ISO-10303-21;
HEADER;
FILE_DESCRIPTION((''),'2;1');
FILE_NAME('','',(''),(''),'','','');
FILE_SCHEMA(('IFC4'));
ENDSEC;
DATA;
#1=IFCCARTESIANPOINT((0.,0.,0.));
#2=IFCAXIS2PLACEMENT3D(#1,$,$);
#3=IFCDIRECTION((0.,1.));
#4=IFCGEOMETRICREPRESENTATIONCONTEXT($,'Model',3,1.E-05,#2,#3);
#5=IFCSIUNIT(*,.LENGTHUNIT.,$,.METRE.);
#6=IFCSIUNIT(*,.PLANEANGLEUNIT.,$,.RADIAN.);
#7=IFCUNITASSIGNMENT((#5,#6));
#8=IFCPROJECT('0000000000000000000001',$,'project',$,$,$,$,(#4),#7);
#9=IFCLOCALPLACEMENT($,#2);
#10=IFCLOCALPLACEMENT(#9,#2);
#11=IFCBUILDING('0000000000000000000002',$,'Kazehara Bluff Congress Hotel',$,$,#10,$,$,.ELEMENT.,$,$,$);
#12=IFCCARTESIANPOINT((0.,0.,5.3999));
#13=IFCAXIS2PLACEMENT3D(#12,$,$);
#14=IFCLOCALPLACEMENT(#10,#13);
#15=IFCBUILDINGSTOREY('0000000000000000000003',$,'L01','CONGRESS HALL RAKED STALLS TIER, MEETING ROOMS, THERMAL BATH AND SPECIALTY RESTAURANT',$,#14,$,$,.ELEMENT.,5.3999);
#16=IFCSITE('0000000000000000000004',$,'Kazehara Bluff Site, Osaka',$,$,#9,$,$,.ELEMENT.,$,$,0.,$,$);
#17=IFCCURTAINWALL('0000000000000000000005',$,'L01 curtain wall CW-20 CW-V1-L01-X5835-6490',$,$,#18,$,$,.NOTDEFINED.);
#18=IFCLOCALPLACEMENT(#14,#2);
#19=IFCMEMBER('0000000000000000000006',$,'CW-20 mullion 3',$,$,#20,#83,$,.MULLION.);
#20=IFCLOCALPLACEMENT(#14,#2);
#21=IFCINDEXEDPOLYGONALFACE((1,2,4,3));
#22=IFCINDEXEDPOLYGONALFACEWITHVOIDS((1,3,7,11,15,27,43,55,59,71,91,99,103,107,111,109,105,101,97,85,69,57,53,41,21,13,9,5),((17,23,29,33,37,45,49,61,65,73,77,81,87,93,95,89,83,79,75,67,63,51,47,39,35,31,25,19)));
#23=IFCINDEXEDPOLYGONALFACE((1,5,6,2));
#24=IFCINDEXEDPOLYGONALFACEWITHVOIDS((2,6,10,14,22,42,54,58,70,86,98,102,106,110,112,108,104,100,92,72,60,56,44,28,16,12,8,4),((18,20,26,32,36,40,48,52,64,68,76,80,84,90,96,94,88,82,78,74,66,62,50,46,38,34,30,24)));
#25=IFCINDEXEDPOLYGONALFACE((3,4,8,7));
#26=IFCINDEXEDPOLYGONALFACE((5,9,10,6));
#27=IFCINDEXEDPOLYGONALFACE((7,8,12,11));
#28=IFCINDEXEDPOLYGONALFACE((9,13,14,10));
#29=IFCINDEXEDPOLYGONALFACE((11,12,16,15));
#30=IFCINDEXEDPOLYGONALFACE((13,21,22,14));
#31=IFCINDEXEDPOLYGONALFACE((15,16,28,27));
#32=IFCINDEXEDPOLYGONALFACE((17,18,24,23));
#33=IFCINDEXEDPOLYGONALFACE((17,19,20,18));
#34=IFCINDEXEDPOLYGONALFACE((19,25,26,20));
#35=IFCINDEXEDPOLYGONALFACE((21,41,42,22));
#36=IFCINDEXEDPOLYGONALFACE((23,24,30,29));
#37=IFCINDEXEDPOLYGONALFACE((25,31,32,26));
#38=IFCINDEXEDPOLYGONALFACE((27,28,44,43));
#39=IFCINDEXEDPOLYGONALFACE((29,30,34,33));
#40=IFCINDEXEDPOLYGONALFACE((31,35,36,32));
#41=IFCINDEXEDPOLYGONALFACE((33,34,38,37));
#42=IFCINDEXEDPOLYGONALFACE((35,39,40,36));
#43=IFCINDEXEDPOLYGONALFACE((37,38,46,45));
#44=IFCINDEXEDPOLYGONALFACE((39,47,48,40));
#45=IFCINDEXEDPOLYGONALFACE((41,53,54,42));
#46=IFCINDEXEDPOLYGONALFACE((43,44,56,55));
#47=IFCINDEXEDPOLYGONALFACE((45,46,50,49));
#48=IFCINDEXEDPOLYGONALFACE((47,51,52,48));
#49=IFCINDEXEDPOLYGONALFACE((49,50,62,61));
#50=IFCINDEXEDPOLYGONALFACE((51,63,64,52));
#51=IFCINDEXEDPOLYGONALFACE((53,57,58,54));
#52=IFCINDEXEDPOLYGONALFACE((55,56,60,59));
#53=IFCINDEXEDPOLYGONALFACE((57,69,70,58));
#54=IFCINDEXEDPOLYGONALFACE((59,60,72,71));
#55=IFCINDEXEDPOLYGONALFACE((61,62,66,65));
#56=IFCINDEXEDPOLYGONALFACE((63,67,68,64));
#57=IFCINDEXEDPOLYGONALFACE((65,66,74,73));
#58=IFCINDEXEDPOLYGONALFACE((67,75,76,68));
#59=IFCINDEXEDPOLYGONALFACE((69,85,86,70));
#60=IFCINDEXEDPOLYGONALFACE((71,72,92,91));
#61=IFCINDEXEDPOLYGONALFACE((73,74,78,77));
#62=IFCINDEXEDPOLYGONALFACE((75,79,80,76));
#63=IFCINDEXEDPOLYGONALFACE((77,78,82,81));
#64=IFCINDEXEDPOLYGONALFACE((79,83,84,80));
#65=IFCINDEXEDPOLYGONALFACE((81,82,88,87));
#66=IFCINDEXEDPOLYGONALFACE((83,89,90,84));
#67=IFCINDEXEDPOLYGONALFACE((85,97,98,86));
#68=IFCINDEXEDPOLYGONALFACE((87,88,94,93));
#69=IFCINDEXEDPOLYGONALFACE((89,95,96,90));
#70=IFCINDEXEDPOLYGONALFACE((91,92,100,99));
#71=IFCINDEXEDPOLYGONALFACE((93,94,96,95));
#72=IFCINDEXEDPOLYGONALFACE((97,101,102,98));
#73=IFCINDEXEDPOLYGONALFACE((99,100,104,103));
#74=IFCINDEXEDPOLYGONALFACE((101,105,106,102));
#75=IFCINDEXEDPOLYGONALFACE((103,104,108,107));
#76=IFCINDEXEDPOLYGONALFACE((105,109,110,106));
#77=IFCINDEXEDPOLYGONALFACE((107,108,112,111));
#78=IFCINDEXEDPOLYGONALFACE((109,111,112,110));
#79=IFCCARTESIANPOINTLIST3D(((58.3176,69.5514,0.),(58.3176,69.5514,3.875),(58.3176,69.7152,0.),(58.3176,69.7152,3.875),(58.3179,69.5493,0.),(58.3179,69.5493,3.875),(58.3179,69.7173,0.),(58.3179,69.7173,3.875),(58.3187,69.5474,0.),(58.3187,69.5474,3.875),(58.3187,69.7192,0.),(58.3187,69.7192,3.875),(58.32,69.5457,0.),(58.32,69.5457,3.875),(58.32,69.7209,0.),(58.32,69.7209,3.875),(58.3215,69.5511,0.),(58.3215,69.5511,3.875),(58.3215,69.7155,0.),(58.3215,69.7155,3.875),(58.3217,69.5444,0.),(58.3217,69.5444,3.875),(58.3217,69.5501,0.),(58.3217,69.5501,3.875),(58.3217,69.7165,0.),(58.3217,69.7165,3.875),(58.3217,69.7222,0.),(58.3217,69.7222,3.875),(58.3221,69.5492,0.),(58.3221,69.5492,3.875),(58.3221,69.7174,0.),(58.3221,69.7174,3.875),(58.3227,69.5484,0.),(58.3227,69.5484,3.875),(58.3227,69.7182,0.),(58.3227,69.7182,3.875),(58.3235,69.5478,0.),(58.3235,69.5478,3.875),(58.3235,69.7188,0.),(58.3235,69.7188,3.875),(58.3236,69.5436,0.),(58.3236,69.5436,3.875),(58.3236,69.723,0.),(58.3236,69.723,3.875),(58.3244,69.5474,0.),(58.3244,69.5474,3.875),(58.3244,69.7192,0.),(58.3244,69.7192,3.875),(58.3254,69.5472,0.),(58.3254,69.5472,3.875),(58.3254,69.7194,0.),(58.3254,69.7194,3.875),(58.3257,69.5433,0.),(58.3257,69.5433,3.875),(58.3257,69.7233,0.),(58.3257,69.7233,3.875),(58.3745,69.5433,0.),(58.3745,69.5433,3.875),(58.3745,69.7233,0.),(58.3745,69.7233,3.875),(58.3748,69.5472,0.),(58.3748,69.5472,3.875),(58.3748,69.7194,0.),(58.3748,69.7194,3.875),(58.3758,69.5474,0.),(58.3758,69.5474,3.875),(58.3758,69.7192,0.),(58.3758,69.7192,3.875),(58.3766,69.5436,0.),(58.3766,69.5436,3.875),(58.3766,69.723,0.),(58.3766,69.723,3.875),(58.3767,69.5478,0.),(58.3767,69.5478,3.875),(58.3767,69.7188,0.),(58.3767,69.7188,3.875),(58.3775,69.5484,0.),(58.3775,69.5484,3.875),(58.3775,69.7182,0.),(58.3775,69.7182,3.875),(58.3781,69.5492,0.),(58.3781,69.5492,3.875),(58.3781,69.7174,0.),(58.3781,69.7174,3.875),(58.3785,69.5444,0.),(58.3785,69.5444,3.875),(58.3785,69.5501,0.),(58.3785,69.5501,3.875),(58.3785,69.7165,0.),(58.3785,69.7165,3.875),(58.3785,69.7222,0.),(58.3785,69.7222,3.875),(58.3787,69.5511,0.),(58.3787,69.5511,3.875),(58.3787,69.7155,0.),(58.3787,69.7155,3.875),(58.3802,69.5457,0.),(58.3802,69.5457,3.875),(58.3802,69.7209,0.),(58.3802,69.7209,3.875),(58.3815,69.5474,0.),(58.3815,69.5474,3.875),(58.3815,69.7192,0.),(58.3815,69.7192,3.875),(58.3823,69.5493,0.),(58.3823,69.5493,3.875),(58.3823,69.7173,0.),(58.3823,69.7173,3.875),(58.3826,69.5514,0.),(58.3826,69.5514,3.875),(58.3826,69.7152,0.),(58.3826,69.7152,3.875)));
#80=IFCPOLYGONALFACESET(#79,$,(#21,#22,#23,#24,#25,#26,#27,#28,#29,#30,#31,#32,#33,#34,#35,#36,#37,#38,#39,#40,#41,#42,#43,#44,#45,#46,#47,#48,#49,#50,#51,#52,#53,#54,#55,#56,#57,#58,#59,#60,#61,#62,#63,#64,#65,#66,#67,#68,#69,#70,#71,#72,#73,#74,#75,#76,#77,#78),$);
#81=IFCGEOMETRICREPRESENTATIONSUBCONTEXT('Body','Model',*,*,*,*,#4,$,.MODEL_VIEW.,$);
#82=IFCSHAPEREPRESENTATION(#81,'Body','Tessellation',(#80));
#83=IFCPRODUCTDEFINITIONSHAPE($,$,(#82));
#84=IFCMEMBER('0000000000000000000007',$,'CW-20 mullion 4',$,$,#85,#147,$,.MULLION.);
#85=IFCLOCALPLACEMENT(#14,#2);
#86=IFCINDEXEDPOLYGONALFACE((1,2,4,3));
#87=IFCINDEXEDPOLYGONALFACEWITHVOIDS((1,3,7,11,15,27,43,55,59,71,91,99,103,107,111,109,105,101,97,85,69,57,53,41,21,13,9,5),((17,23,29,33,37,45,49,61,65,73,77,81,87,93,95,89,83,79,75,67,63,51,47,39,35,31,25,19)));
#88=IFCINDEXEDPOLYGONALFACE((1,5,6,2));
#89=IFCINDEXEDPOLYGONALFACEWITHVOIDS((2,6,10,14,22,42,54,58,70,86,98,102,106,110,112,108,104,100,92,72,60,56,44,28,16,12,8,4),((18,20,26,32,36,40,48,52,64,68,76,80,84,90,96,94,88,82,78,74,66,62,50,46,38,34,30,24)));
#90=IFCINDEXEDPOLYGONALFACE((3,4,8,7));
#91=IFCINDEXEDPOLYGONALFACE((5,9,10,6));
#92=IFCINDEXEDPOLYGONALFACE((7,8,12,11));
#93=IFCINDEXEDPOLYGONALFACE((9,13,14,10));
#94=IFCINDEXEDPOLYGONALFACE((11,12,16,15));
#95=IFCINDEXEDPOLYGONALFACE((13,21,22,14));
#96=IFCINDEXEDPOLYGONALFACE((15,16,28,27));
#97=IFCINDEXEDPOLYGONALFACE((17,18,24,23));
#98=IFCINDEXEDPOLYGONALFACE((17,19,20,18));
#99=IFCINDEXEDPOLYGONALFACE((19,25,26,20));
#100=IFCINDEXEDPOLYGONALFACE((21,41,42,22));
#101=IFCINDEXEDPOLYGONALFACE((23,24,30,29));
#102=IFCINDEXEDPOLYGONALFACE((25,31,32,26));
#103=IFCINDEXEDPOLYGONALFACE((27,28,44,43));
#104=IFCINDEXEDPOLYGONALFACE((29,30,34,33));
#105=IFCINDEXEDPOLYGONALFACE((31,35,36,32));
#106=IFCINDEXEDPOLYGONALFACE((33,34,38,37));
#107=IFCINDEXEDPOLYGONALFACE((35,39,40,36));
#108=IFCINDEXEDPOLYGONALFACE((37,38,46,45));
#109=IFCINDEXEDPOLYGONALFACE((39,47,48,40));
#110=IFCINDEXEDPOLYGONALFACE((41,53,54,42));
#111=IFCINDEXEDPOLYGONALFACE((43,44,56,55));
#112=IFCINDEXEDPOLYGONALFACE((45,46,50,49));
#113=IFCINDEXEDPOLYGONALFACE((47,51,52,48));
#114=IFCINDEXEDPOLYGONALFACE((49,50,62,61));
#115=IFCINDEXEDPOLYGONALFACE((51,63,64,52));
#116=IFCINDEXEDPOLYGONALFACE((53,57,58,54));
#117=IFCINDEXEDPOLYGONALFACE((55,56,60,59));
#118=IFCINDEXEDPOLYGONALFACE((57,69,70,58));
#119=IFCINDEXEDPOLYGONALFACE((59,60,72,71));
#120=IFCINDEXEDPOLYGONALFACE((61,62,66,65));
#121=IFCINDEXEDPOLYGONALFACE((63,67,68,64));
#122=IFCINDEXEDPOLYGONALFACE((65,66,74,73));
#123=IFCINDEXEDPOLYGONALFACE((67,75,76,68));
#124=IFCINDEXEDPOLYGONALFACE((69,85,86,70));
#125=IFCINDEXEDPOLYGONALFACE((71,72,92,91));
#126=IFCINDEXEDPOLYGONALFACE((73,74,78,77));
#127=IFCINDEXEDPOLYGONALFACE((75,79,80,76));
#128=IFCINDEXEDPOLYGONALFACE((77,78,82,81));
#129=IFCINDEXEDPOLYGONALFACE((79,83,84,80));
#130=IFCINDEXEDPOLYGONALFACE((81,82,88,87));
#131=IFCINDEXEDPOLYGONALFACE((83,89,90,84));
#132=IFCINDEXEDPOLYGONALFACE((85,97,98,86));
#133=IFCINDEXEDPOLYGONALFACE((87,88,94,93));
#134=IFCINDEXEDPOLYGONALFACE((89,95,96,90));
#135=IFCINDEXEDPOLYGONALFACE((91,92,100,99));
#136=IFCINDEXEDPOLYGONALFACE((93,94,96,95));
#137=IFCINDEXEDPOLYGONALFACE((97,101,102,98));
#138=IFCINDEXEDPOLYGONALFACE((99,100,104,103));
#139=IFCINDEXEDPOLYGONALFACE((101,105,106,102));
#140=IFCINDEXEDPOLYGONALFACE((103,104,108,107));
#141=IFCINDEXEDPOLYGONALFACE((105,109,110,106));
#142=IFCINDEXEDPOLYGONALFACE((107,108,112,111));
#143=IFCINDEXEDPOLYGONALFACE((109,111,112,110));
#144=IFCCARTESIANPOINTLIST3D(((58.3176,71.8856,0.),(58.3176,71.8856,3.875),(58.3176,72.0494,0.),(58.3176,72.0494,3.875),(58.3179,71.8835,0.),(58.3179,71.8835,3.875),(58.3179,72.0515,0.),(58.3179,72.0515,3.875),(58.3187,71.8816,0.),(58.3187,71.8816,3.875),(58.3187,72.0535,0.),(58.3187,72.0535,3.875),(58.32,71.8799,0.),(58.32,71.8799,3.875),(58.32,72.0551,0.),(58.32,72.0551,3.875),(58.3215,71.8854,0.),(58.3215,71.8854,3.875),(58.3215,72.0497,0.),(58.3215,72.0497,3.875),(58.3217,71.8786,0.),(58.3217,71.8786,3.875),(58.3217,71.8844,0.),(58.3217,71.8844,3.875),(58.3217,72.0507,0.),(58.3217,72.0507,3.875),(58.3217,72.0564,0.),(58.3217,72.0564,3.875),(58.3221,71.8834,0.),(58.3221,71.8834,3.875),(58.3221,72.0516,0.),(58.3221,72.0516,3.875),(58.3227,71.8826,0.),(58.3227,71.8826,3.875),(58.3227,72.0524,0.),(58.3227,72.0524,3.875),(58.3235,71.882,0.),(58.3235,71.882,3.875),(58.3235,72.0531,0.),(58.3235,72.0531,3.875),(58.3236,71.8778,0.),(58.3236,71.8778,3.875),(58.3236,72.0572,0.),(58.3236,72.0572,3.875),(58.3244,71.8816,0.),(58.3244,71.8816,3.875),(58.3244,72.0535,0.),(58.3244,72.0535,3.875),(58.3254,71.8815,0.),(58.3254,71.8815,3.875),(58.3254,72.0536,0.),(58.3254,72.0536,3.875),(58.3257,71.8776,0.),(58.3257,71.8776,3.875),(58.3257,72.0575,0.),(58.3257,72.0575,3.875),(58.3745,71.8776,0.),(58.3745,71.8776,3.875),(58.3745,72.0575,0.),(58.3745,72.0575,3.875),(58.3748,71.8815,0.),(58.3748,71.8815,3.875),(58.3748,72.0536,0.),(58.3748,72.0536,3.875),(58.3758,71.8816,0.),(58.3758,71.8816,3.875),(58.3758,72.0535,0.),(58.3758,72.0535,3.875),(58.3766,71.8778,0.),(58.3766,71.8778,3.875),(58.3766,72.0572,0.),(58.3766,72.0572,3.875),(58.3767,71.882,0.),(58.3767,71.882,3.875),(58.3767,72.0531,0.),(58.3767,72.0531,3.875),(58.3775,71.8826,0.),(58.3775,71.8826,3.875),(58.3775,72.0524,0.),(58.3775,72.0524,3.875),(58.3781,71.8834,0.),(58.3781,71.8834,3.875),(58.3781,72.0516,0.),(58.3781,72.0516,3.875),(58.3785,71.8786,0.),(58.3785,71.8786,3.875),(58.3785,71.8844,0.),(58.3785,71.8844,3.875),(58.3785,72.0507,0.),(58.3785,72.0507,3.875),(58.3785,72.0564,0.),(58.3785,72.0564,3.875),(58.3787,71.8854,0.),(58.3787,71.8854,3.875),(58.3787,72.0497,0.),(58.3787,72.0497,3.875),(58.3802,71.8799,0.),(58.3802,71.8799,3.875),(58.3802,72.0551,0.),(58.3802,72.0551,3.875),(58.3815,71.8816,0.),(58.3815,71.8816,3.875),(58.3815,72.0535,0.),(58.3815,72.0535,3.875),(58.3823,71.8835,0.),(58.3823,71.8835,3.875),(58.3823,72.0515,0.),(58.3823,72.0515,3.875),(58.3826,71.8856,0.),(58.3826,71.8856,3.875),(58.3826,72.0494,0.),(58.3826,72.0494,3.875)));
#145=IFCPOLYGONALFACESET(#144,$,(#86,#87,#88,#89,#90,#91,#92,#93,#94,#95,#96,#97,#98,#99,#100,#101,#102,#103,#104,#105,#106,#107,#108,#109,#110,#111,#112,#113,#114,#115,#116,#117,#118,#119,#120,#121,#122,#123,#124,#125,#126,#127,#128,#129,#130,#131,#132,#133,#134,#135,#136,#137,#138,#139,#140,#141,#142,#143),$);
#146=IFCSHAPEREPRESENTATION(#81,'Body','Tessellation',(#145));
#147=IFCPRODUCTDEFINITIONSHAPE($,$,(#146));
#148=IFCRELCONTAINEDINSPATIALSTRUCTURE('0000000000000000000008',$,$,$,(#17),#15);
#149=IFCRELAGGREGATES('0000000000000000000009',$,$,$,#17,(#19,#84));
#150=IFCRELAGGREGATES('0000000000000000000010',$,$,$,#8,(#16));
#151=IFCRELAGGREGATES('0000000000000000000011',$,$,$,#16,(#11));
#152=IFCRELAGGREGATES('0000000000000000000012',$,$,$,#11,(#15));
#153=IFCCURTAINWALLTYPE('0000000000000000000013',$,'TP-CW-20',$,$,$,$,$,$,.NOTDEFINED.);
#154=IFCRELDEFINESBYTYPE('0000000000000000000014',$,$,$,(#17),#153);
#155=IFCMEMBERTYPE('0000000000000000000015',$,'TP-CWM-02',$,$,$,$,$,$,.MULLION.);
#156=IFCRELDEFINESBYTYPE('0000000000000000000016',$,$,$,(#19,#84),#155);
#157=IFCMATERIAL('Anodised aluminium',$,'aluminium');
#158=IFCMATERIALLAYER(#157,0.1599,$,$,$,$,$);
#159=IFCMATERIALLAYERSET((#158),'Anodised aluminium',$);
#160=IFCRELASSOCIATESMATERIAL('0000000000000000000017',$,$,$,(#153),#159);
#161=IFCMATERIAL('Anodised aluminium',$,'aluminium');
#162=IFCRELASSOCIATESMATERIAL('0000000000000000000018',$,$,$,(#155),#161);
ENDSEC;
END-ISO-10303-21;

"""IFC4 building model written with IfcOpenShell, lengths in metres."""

from ifc_helpers import new_model, si_unit, direction, frame, origin, origin_2d, place, context, subcontext, project, spatial, hollow_rectangle, extrude, material, layer, layer_set, material_profile, profile_set, type_object, element, aggregate, save


model = new_model("IFC4")

# Units and contexts
model_context = context("Model", 3, precision=1e-05, world=origin(), true_north=direction((0.0, 1.0)))
body_context = subcontext(model_context, "Body", "Model", "MODEL_VIEW")
ifc_project = project(units=[si_unit("LENGTHUNIT", "METRE"), si_unit("PLANEANGLEUNIT", "RADIAN")], contexts=[model_context])

# Site, building, storey
site_placement = place(None, origin())
site = spatial("IfcSite", under=ifc_project, at=site_placement, Name="Kazehara Bluff Site, Osaka", CompositionType="ELEMENT", RefElevation=0.0)
building_placement = place(site_placement, origin())
building = spatial("IfcBuilding", under=site, at=building_placement, Name="Kazehara Bluff Congress Hotel", CompositionType="ELEMENT")
storey_placement = place(building_placement, frame((0.0, 0.0, 5.3999)))
storey = spatial("IfcBuildingStorey", under=building, at=storey_placement, Name="L01", Description="CONGRESS HALL RAKED STALLS TIER, MEETING ROOMS, THERMAL BATH AND SPECIALTY RESTAURANT", CompositionType="ELEMENT", Elevation=5.3999)

# Curtain wall, members
ifc_material_1 = material(Name="Anodised aluminium", Category="aluminium")
ifc_layer_1 = layer(ifc_material_1, 0.1599)
ifc_layer_set_1 = layer_set([ifc_layer_1], Name="Anodised aluminium")
curtain_wall_type_1 = type_object("IfcCurtainWallType", Name="TP-CW-20", PredefinedType="NOTDEFINED", material=ifc_layer_set_1)
curtain_wall_1_placement = place(storey_placement, origin())
curtain_wall_1 = element("IfcCurtainWall", 1, at=curtain_wall_1_placement, inside=storey, type_object=curtain_wall_type_1, Name="L01 curtain wall CW-20 CW-V1-L01-X5835-6490", PredefinedType="NOTDEFINED")
ifc_material_2 = material(Name="Anodised aluminium", Category="aluminium")
ifc_material_profile_1 = material_profile(ifc_material_2, hollow_rectangle(XDim=0.0649, YDim=0.1799, WallThickness=0.0039, InnerFilletRadius=0.0039, OuterFilletRadius=0.0081, at=origin_2d()))
ifc_profile_set_1 = profile_set([ifc_material_profile_1], Name="Anodised aluminium")
member_type_1 = type_object("IfcMemberType", Name="TP-CWM-02", PredefinedType="MULLION", material=ifc_profile_set_1)
member_1_placement = place(storey_placement, frame((58.3501, 69.6333, 0.0), z_axis=(0.0, 0.0, 1.0), x_axis=(-1.0, 0.0, 0.0)))
member_1 = element("IfcMember", 2, at=member_1_placement, type_object=member_type_1, Name="CW-20 mullion 3", PredefinedType="MULLION", context=body_context, shape_type="SweptSolid", body=[
    extrude(hollow_rectangle(XDim=0.0649, YDim=0.1799, WallThickness=0.0039, InnerFilletRadius=0.0039, OuterFilletRadius=0.0081, at=origin_2d()), origin(), (0.0, 0.0, 1.0), 3.875),
])
member_2_placement = place(storey_placement, frame((58.3501, 71.9675, 0.0), z_axis=(0.0, 0.0, 1.0), x_axis=(-1.0, 0.0, 0.0)))
member_2 = element("IfcMember", 3, at=member_2_placement, type_object=member_type_1, Name="CW-20 mullion 4", PredefinedType="MULLION", context=body_context, shape_type="SweptSolid", body=[
    extrude(hollow_rectangle(XDim=0.0649, YDim=0.1799, WallThickness=0.0039, InnerFilletRadius=0.0039, OuterFilletRadius=0.0081, at=origin_2d()), origin(), (0.0, 0.0, 1.0), 3.875),
])

aggregate(curtain_wall_1, [member_1, member_2])

save(model, "model.ifc")
